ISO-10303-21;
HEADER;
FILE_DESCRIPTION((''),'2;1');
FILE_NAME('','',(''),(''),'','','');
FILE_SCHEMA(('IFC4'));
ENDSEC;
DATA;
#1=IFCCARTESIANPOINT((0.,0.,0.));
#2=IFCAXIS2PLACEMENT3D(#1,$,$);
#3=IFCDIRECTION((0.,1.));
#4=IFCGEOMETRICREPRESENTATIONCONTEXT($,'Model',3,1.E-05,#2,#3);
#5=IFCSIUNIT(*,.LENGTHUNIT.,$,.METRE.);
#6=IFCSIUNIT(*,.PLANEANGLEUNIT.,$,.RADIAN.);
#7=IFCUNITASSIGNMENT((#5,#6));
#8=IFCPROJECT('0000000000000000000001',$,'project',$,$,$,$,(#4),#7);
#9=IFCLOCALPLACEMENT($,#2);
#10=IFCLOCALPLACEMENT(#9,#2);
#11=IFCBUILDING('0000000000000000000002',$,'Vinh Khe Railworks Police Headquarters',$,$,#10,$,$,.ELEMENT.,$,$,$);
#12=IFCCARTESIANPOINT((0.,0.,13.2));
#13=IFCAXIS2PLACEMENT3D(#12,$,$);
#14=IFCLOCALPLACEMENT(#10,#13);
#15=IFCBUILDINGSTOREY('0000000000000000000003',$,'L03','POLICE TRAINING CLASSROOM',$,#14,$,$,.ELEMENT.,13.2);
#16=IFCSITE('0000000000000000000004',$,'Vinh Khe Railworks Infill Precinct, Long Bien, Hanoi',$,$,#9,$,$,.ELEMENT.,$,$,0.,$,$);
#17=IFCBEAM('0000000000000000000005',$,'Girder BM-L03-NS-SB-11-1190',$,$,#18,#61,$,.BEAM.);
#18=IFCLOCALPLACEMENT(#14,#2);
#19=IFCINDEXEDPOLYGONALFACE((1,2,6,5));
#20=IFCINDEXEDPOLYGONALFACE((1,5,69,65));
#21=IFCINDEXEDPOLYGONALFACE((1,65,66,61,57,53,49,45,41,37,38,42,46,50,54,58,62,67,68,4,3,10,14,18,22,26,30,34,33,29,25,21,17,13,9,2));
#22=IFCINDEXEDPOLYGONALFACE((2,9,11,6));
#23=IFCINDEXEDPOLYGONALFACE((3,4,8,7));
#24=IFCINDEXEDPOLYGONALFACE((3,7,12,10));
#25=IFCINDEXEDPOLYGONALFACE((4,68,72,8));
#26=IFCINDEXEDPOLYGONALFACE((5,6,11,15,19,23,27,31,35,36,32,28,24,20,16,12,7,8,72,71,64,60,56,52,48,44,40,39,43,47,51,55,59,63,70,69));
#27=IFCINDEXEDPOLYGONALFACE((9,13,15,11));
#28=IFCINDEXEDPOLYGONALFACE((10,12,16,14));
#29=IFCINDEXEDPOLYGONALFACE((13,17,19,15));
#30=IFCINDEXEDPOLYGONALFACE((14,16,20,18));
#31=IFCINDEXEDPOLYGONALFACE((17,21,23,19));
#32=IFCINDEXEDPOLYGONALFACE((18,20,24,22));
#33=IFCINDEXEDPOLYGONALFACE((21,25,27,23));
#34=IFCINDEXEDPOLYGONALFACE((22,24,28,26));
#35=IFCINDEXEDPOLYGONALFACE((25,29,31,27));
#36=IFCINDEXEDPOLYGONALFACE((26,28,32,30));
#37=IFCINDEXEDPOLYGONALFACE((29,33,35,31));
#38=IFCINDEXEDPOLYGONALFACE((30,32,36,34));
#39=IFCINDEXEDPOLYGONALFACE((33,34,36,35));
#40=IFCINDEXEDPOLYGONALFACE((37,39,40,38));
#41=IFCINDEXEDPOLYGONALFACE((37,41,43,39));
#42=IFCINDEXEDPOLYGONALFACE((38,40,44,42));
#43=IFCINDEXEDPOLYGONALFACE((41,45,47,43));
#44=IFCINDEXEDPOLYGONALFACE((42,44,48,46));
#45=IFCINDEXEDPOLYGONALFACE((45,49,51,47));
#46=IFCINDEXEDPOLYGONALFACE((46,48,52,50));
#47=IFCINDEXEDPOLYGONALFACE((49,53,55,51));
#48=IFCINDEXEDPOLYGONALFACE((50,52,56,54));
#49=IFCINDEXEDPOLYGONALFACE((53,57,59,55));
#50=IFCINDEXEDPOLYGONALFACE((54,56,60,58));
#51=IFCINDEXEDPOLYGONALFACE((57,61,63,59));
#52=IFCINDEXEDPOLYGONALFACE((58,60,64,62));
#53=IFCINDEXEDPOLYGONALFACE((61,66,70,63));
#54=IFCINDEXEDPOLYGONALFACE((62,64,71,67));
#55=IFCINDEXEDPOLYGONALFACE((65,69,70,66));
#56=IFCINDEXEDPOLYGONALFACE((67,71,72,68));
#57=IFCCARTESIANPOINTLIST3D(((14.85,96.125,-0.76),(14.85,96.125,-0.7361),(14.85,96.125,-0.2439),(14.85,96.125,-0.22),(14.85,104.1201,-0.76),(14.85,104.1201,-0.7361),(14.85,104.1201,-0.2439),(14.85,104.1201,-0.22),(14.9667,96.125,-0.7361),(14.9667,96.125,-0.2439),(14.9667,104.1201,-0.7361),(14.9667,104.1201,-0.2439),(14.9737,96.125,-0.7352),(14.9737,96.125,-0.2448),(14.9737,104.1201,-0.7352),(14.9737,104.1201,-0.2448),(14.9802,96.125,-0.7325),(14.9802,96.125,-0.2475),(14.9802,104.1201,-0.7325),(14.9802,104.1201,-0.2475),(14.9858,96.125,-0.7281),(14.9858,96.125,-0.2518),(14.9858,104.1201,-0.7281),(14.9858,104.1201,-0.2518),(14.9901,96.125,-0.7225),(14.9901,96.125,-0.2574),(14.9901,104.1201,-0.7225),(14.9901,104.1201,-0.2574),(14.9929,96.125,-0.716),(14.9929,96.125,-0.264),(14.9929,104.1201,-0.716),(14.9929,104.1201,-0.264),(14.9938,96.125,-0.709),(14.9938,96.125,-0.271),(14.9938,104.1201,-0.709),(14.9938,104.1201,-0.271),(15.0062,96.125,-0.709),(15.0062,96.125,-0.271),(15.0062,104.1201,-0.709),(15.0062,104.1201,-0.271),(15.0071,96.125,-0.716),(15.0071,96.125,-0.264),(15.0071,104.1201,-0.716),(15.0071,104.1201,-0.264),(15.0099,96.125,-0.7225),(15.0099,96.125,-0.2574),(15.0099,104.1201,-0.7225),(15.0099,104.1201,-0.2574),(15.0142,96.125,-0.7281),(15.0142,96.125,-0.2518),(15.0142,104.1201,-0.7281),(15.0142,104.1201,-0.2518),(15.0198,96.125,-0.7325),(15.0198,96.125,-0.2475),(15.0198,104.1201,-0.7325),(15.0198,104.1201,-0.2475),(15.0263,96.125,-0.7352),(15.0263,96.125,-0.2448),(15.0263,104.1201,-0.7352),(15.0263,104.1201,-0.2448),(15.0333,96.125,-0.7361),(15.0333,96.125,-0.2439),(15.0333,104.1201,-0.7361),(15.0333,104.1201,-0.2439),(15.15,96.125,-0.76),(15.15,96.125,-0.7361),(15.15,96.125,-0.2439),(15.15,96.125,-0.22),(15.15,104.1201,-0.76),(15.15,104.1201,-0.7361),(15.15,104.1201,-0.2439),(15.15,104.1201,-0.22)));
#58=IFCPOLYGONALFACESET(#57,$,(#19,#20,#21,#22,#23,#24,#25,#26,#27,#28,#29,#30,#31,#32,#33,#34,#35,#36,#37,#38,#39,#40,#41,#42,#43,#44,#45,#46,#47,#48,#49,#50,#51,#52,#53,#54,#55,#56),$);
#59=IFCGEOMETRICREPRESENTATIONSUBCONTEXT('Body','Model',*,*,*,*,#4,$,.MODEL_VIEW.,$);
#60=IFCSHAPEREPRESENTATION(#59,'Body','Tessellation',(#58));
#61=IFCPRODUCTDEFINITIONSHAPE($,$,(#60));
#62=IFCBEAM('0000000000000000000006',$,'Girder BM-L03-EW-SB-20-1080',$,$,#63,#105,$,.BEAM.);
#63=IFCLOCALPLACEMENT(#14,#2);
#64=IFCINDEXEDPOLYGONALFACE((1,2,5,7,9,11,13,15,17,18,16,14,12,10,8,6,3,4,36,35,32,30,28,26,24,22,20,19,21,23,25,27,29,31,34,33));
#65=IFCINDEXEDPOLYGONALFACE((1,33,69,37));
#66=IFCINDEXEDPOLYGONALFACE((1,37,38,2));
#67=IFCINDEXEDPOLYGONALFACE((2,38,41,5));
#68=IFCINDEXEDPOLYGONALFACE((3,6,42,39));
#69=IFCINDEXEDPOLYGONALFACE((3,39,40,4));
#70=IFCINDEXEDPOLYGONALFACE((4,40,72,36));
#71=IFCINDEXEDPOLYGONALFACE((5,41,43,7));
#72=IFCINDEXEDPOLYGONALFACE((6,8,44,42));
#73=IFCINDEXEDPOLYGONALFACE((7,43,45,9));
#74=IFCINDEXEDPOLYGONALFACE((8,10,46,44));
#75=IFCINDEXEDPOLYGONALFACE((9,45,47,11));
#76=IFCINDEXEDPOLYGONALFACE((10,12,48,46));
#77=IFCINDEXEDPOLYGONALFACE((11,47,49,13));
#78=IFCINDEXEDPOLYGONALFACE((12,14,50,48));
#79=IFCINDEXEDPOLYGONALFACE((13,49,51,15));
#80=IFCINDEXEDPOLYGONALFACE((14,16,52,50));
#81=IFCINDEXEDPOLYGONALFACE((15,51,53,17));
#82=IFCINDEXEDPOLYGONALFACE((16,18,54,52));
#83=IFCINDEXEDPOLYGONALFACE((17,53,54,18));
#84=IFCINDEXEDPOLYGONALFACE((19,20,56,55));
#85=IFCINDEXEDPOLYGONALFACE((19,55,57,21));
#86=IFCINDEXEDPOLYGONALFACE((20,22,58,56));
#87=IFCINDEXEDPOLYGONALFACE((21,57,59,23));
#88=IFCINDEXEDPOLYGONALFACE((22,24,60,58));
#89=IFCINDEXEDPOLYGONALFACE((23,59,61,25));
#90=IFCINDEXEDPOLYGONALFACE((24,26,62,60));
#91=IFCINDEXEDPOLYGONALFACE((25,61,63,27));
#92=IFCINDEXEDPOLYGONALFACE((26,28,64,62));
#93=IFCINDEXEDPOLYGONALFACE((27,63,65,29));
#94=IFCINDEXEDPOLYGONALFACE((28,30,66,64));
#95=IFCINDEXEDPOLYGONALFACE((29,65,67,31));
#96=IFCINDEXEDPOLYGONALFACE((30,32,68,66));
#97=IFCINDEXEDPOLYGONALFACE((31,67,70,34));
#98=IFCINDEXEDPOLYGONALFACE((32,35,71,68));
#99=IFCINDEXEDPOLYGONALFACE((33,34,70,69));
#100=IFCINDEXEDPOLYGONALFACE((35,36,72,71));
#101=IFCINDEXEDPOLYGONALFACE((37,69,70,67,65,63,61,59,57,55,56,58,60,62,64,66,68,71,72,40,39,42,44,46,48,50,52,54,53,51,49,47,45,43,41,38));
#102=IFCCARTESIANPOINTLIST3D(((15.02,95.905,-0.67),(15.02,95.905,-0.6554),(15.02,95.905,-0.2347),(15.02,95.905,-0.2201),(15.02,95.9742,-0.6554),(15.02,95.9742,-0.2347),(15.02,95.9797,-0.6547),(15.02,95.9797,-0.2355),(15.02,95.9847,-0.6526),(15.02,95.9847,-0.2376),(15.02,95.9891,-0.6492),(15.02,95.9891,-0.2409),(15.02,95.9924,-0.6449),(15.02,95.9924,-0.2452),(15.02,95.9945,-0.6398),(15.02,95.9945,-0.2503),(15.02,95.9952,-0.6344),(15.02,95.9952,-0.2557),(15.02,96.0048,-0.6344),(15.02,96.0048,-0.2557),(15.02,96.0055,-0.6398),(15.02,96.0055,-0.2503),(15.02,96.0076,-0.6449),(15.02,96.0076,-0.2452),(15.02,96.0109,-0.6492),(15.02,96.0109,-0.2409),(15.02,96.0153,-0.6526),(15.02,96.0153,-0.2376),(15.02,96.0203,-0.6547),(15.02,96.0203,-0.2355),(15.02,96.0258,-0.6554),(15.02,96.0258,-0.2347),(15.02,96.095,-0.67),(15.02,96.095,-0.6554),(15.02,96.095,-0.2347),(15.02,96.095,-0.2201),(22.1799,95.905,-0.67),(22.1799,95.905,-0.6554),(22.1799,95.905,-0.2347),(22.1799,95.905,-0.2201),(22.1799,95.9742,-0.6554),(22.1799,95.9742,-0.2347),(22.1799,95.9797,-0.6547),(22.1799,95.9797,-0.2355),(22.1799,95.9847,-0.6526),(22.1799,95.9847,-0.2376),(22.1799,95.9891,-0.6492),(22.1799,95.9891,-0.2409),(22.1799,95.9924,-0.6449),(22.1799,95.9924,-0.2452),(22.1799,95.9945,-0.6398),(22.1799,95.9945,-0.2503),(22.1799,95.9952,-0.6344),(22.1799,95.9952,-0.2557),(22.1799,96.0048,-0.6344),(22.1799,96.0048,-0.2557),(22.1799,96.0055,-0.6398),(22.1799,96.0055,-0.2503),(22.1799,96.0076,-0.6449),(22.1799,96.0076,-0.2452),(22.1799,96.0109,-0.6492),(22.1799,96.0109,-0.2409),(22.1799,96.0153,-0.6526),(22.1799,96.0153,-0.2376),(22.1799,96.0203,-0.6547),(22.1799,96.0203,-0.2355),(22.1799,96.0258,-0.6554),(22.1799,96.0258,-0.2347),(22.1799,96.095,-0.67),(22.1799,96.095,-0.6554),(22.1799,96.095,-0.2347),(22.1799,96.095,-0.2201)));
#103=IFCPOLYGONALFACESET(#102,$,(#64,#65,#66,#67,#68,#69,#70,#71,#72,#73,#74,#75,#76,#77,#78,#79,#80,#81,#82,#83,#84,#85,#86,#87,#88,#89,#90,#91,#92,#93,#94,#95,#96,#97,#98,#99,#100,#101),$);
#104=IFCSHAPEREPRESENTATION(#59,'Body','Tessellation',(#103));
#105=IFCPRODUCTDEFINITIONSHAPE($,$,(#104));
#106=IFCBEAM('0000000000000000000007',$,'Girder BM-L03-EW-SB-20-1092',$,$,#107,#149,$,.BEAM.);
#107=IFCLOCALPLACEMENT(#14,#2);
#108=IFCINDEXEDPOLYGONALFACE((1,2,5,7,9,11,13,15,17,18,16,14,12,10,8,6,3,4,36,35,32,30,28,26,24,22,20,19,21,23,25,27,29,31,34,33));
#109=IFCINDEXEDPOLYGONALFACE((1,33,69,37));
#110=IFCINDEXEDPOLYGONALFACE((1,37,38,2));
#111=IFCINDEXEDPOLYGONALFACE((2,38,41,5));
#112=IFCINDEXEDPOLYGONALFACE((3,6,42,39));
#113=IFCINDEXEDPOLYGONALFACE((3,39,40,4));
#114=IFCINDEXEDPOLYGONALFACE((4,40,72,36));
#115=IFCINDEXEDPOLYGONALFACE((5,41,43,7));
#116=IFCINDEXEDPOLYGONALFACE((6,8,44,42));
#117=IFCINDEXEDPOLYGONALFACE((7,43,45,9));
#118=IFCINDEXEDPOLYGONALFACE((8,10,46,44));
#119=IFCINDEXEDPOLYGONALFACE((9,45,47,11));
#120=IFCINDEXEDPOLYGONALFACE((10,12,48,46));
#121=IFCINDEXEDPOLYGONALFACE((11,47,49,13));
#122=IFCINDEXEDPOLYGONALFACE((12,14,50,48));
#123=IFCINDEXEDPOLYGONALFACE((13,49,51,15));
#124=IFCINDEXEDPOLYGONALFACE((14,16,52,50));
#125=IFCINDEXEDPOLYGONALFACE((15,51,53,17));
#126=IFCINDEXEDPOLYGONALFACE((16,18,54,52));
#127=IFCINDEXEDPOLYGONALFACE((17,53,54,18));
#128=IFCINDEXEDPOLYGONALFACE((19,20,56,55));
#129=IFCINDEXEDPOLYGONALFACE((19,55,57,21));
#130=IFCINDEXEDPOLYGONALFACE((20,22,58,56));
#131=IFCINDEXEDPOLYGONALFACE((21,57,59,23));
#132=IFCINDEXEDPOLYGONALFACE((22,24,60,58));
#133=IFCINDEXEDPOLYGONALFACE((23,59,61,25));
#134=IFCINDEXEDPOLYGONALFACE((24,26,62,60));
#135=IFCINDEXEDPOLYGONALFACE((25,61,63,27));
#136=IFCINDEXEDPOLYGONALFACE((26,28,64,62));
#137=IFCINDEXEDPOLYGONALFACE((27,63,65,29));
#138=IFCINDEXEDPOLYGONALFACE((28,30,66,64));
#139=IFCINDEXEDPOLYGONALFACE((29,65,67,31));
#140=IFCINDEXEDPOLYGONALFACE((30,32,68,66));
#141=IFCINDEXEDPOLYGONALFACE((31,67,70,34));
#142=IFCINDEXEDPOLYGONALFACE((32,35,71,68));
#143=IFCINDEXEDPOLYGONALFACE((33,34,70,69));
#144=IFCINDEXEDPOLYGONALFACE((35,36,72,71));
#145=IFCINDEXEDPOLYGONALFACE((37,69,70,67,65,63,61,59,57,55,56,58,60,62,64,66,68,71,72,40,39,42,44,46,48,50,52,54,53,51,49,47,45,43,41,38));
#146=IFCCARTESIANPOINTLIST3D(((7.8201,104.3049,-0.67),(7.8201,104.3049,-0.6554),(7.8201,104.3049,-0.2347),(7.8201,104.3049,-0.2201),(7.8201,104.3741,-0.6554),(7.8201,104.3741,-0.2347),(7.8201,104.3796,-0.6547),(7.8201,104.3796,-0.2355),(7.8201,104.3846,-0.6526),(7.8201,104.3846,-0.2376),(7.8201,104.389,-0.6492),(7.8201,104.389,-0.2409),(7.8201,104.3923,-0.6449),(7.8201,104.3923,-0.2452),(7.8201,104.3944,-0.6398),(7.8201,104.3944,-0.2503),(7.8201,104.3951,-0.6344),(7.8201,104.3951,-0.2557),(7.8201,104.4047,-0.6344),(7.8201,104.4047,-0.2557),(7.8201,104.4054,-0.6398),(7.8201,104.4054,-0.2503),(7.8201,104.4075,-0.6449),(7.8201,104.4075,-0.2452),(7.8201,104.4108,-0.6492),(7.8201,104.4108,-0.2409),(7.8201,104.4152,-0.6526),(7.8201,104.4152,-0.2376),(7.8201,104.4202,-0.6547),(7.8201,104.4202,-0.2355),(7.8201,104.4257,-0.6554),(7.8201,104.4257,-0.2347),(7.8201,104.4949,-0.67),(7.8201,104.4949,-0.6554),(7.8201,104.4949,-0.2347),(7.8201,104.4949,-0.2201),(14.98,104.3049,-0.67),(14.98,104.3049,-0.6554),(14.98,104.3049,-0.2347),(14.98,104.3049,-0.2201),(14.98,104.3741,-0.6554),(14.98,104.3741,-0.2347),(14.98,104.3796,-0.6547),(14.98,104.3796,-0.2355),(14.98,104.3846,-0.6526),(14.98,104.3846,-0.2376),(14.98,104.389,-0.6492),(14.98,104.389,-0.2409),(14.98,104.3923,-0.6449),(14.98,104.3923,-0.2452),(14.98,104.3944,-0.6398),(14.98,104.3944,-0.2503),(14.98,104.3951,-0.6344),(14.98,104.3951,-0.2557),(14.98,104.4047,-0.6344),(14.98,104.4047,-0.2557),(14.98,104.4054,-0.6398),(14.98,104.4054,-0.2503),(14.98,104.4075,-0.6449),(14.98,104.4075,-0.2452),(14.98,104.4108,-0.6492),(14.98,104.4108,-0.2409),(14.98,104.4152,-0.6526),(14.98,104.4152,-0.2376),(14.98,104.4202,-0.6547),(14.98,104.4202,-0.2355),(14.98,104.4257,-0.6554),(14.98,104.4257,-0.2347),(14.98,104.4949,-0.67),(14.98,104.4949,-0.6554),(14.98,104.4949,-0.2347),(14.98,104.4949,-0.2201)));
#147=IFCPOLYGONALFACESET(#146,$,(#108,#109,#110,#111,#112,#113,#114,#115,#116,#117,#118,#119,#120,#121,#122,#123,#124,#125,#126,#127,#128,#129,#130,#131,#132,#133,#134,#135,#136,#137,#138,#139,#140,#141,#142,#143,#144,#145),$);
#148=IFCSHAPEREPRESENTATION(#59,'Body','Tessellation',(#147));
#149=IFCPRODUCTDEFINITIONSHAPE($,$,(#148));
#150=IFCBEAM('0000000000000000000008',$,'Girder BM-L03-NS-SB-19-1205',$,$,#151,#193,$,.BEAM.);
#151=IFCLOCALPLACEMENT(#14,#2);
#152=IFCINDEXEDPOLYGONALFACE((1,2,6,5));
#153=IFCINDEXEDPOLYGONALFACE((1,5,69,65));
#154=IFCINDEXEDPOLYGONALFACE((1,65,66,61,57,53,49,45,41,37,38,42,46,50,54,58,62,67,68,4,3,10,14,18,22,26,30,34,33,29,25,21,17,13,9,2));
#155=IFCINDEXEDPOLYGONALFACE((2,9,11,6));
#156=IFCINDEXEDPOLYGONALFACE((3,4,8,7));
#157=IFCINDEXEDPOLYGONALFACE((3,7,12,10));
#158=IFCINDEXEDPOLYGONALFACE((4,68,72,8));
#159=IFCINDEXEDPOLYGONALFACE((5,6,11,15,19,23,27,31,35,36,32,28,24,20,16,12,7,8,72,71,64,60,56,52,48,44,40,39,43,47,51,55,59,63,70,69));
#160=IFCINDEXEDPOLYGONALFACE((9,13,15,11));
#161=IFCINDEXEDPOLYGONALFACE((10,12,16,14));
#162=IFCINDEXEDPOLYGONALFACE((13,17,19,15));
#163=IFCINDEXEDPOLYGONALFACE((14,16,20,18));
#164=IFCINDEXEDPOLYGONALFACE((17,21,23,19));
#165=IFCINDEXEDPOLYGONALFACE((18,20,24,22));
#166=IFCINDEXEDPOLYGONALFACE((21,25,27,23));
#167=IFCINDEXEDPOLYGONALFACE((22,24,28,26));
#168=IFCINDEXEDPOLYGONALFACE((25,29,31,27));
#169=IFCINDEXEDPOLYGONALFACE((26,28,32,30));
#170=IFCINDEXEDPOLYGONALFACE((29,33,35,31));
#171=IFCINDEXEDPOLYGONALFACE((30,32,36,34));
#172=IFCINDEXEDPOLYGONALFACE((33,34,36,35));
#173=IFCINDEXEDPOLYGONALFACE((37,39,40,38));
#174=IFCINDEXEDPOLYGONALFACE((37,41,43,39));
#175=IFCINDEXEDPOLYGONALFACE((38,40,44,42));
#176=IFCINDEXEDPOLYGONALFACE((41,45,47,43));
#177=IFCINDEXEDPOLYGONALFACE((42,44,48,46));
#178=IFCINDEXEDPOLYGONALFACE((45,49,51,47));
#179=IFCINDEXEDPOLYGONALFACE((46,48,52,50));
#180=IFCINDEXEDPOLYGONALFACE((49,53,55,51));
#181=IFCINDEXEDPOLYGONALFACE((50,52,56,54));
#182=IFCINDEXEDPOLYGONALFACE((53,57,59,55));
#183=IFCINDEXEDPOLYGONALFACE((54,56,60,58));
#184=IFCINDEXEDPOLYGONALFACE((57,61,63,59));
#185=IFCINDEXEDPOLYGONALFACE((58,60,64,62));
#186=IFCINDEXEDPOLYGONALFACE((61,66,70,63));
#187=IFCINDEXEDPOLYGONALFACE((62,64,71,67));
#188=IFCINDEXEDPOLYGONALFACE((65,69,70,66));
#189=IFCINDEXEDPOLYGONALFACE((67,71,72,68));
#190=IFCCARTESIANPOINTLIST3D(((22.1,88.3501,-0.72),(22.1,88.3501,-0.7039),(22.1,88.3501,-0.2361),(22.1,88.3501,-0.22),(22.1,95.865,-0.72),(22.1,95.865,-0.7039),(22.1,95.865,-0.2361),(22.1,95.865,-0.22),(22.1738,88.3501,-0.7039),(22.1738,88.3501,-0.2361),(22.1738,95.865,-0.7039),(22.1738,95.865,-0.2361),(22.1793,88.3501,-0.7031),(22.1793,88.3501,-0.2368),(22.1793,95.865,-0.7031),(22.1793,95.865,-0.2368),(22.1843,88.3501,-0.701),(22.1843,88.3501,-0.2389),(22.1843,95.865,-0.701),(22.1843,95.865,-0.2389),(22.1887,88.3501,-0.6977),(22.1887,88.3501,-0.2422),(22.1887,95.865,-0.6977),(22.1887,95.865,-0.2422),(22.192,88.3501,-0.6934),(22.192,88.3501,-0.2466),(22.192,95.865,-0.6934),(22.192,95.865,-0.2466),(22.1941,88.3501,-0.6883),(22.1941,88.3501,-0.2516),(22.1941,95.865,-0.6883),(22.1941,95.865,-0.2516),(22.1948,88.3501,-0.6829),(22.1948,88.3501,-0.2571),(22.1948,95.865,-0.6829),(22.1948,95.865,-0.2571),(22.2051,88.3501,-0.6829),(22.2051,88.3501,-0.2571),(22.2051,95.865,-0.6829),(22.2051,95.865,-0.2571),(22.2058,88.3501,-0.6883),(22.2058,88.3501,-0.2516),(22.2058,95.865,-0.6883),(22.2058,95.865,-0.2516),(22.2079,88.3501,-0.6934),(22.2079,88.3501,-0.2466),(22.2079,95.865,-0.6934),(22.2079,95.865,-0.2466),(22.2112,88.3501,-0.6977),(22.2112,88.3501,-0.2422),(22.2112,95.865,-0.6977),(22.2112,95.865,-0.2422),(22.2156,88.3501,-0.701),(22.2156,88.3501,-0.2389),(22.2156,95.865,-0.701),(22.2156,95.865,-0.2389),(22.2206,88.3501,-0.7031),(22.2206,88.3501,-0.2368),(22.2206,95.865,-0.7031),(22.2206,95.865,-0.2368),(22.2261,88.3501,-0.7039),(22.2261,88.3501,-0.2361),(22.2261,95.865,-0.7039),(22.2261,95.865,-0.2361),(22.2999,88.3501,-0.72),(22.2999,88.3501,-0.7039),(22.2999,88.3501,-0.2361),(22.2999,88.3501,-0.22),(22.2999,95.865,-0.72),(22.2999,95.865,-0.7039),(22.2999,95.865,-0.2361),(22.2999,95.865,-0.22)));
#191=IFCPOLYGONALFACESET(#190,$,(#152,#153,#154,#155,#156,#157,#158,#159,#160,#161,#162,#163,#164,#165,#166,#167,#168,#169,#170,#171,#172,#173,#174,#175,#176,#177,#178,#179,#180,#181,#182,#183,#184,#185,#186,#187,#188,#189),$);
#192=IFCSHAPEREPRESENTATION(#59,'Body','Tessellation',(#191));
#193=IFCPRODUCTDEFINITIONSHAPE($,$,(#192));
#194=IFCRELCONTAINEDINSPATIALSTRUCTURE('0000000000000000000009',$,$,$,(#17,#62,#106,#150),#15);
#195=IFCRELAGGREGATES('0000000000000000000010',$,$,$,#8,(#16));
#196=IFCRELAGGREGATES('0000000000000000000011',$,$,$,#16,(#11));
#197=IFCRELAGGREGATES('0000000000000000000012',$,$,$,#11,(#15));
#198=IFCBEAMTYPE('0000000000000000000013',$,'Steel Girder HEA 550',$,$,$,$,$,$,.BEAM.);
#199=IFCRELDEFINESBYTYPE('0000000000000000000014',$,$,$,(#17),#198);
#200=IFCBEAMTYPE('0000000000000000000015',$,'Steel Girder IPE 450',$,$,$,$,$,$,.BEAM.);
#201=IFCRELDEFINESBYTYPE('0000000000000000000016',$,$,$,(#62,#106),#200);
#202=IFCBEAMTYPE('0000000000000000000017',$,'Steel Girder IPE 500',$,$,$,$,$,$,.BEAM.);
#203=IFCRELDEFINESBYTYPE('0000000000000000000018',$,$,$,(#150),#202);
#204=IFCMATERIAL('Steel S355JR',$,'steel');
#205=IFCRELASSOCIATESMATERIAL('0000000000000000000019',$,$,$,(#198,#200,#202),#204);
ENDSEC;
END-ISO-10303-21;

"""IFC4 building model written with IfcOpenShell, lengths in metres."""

from ifc_helpers import new_model, si_unit, direction, frame, origin, origin_2d, place, context, subcontext, project, spatial, i_section, extrude, material, material_profile, profile_set, type_object, element, save


model = new_model("IFC4")

# Units and contexts
model_context = context("Model", 3, precision=1e-05, world=origin(), true_north=direction((0.0, 1.0)))
body_context = subcontext(model_context, "Body", "Model", "MODEL_VIEW")
ifc_project = project(units=[si_unit("LENGTHUNIT", "METRE"), si_unit("PLANEANGLEUNIT", "RADIAN")], contexts=[model_context])

# Site, building, storey
site_placement = place(None, origin())
site = spatial("IfcSite", under=ifc_project, at=site_placement, Name="Vinh Khe Railworks Infill Precinct, Long Bien, Hanoi", CompositionType="ELEMENT", RefElevation=0.0)
building_placement = place(site_placement, origin())
building = spatial("IfcBuilding", under=site, at=building_placement, Name="Vinh Khe Railworks Police Headquarters", CompositionType="ELEMENT")
storey_placement = place(building_placement, frame((0.0, 0.0, 13.2)))
storey = spatial("IfcBuildingStorey", under=building, at=storey_placement, Name="L03", Description="POLICE TRAINING CLASSROOM", CompositionType="ELEMENT", Elevation=13.2)

# Shared definitions
ifc_material_1 = material(Name="Steel S355JR", Category="steel")

# Beams
ifc_material_profile_1 = material_profile(ifc_material_1, i_section(OverallWidth=0.3, OverallDepth=0.54, WebThickness=0.0125, FlangeThickness=0.0239, FilletRadius=0.0271, at=origin_2d()), Name="HEA 550")
ifc_profile_set_1 = profile_set([ifc_material_profile_1], Name="Steel S355JR")
beam_type_1 = type_object("IfcBeamType", Name="Steel Girder HEA 550", PredefinedType="BEAM", material=ifc_profile_set_1)
beam_1_placement = place(storey_placement, frame((15.0, 96.125, -0.49), z_axis=(0.0, 1.0, 0.0), x_axis=(-1.0, 0.0, 0.0)))
element("IfcBeam", 1, at=beam_1_placement, inside=storey, type_object=beam_type_1, Name="Girder BM-L03-NS-SB-11-1190", PredefinedType="BEAM", context=body_context, shape_type="SweptSolid", body=[
    extrude(i_section(OverallWidth=0.3, OverallDepth=0.54, WebThickness=0.0125, FlangeThickness=0.0239, FilletRadius=0.0271, at=origin_2d()), origin(), (0.0, 0.0, 1.0), 7.9951),
])
ifc_material_profile_2 = material_profile(ifc_material_1, i_section(OverallWidth=0.1899, OverallDepth=0.45, WebThickness=0.0095, FlangeThickness=0.0146, FilletRadius=0.021, at=origin_2d()), Name="IPE 450")
ifc_profile_set_2 = profile_set([ifc_material_profile_2], Name="Steel S355JR")
beam_type_2 = type_object("IfcBeamType", Name="Steel Girder IPE 450", PredefinedType="BEAM", material=ifc_profile_set_2)
for number, where, z_axis, x_axis, name in (
    (2, (15.02, 96.0, -0.4451), (1.0, 0.0, 0.0), (0.0, 1.0, 0.0), "Girder BM-L03-EW-SB-20-1080"),
    (3, (7.8201, 104.3999, -0.4451), (1.0, 0.0, 0.0), (0.0, 1.0, 0.0), "Girder BM-L03-EW-SB-20-1092"),
):
    element("IfcBeam", number, at=place(storey_placement, frame(where, z_axis=z_axis, x_axis=x_axis)), inside=storey, type_object=beam_type_2, Name=name, PredefinedType="BEAM", context=body_context, shape_type="SweptSolid", body=[
        extrude(i_section(OverallWidth=0.1899, OverallDepth=0.45, WebThickness=0.0095, FlangeThickness=0.0146, FilletRadius=0.021, at=origin_2d()), origin(), (0.0, 0.0, 1.0), 7.1599),
    ])
ifc_material_profile_3 = material_profile(ifc_material_1, i_section(OverallWidth=0.2, OverallDepth=0.5, WebThickness=0.0103, FlangeThickness=0.0161, FilletRadius=0.021, at=origin_2d()), Name="IPE 500")
ifc_profile_set_3 = profile_set([ifc_material_profile_3], Name="Steel S355JR")
beam_type_3 = type_object("IfcBeamType", Name="Steel Girder IPE 500", PredefinedType="BEAM", material=ifc_profile_set_3)
beam_2_placement = place(storey_placement, frame((22.2, 88.3501, -0.47), z_axis=(0.0, 1.0, 0.0), x_axis=(-1.0, 0.0, 0.0)))
element("IfcBeam", 4, at=beam_2_placement, inside=storey, type_object=beam_type_3, Name="Girder BM-L03-NS-SB-19-1205", PredefinedType="BEAM", context=body_context, shape_type="SweptSolid", body=[
    extrude(i_section(OverallWidth=0.2, OverallDepth=0.5, WebThickness=0.0103, FlangeThickness=0.0161, FilletRadius=0.021, at=origin_2d()), origin(), (0.0, 0.0, 1.0), 7.5149),
])

save(model, "model.ifc")
